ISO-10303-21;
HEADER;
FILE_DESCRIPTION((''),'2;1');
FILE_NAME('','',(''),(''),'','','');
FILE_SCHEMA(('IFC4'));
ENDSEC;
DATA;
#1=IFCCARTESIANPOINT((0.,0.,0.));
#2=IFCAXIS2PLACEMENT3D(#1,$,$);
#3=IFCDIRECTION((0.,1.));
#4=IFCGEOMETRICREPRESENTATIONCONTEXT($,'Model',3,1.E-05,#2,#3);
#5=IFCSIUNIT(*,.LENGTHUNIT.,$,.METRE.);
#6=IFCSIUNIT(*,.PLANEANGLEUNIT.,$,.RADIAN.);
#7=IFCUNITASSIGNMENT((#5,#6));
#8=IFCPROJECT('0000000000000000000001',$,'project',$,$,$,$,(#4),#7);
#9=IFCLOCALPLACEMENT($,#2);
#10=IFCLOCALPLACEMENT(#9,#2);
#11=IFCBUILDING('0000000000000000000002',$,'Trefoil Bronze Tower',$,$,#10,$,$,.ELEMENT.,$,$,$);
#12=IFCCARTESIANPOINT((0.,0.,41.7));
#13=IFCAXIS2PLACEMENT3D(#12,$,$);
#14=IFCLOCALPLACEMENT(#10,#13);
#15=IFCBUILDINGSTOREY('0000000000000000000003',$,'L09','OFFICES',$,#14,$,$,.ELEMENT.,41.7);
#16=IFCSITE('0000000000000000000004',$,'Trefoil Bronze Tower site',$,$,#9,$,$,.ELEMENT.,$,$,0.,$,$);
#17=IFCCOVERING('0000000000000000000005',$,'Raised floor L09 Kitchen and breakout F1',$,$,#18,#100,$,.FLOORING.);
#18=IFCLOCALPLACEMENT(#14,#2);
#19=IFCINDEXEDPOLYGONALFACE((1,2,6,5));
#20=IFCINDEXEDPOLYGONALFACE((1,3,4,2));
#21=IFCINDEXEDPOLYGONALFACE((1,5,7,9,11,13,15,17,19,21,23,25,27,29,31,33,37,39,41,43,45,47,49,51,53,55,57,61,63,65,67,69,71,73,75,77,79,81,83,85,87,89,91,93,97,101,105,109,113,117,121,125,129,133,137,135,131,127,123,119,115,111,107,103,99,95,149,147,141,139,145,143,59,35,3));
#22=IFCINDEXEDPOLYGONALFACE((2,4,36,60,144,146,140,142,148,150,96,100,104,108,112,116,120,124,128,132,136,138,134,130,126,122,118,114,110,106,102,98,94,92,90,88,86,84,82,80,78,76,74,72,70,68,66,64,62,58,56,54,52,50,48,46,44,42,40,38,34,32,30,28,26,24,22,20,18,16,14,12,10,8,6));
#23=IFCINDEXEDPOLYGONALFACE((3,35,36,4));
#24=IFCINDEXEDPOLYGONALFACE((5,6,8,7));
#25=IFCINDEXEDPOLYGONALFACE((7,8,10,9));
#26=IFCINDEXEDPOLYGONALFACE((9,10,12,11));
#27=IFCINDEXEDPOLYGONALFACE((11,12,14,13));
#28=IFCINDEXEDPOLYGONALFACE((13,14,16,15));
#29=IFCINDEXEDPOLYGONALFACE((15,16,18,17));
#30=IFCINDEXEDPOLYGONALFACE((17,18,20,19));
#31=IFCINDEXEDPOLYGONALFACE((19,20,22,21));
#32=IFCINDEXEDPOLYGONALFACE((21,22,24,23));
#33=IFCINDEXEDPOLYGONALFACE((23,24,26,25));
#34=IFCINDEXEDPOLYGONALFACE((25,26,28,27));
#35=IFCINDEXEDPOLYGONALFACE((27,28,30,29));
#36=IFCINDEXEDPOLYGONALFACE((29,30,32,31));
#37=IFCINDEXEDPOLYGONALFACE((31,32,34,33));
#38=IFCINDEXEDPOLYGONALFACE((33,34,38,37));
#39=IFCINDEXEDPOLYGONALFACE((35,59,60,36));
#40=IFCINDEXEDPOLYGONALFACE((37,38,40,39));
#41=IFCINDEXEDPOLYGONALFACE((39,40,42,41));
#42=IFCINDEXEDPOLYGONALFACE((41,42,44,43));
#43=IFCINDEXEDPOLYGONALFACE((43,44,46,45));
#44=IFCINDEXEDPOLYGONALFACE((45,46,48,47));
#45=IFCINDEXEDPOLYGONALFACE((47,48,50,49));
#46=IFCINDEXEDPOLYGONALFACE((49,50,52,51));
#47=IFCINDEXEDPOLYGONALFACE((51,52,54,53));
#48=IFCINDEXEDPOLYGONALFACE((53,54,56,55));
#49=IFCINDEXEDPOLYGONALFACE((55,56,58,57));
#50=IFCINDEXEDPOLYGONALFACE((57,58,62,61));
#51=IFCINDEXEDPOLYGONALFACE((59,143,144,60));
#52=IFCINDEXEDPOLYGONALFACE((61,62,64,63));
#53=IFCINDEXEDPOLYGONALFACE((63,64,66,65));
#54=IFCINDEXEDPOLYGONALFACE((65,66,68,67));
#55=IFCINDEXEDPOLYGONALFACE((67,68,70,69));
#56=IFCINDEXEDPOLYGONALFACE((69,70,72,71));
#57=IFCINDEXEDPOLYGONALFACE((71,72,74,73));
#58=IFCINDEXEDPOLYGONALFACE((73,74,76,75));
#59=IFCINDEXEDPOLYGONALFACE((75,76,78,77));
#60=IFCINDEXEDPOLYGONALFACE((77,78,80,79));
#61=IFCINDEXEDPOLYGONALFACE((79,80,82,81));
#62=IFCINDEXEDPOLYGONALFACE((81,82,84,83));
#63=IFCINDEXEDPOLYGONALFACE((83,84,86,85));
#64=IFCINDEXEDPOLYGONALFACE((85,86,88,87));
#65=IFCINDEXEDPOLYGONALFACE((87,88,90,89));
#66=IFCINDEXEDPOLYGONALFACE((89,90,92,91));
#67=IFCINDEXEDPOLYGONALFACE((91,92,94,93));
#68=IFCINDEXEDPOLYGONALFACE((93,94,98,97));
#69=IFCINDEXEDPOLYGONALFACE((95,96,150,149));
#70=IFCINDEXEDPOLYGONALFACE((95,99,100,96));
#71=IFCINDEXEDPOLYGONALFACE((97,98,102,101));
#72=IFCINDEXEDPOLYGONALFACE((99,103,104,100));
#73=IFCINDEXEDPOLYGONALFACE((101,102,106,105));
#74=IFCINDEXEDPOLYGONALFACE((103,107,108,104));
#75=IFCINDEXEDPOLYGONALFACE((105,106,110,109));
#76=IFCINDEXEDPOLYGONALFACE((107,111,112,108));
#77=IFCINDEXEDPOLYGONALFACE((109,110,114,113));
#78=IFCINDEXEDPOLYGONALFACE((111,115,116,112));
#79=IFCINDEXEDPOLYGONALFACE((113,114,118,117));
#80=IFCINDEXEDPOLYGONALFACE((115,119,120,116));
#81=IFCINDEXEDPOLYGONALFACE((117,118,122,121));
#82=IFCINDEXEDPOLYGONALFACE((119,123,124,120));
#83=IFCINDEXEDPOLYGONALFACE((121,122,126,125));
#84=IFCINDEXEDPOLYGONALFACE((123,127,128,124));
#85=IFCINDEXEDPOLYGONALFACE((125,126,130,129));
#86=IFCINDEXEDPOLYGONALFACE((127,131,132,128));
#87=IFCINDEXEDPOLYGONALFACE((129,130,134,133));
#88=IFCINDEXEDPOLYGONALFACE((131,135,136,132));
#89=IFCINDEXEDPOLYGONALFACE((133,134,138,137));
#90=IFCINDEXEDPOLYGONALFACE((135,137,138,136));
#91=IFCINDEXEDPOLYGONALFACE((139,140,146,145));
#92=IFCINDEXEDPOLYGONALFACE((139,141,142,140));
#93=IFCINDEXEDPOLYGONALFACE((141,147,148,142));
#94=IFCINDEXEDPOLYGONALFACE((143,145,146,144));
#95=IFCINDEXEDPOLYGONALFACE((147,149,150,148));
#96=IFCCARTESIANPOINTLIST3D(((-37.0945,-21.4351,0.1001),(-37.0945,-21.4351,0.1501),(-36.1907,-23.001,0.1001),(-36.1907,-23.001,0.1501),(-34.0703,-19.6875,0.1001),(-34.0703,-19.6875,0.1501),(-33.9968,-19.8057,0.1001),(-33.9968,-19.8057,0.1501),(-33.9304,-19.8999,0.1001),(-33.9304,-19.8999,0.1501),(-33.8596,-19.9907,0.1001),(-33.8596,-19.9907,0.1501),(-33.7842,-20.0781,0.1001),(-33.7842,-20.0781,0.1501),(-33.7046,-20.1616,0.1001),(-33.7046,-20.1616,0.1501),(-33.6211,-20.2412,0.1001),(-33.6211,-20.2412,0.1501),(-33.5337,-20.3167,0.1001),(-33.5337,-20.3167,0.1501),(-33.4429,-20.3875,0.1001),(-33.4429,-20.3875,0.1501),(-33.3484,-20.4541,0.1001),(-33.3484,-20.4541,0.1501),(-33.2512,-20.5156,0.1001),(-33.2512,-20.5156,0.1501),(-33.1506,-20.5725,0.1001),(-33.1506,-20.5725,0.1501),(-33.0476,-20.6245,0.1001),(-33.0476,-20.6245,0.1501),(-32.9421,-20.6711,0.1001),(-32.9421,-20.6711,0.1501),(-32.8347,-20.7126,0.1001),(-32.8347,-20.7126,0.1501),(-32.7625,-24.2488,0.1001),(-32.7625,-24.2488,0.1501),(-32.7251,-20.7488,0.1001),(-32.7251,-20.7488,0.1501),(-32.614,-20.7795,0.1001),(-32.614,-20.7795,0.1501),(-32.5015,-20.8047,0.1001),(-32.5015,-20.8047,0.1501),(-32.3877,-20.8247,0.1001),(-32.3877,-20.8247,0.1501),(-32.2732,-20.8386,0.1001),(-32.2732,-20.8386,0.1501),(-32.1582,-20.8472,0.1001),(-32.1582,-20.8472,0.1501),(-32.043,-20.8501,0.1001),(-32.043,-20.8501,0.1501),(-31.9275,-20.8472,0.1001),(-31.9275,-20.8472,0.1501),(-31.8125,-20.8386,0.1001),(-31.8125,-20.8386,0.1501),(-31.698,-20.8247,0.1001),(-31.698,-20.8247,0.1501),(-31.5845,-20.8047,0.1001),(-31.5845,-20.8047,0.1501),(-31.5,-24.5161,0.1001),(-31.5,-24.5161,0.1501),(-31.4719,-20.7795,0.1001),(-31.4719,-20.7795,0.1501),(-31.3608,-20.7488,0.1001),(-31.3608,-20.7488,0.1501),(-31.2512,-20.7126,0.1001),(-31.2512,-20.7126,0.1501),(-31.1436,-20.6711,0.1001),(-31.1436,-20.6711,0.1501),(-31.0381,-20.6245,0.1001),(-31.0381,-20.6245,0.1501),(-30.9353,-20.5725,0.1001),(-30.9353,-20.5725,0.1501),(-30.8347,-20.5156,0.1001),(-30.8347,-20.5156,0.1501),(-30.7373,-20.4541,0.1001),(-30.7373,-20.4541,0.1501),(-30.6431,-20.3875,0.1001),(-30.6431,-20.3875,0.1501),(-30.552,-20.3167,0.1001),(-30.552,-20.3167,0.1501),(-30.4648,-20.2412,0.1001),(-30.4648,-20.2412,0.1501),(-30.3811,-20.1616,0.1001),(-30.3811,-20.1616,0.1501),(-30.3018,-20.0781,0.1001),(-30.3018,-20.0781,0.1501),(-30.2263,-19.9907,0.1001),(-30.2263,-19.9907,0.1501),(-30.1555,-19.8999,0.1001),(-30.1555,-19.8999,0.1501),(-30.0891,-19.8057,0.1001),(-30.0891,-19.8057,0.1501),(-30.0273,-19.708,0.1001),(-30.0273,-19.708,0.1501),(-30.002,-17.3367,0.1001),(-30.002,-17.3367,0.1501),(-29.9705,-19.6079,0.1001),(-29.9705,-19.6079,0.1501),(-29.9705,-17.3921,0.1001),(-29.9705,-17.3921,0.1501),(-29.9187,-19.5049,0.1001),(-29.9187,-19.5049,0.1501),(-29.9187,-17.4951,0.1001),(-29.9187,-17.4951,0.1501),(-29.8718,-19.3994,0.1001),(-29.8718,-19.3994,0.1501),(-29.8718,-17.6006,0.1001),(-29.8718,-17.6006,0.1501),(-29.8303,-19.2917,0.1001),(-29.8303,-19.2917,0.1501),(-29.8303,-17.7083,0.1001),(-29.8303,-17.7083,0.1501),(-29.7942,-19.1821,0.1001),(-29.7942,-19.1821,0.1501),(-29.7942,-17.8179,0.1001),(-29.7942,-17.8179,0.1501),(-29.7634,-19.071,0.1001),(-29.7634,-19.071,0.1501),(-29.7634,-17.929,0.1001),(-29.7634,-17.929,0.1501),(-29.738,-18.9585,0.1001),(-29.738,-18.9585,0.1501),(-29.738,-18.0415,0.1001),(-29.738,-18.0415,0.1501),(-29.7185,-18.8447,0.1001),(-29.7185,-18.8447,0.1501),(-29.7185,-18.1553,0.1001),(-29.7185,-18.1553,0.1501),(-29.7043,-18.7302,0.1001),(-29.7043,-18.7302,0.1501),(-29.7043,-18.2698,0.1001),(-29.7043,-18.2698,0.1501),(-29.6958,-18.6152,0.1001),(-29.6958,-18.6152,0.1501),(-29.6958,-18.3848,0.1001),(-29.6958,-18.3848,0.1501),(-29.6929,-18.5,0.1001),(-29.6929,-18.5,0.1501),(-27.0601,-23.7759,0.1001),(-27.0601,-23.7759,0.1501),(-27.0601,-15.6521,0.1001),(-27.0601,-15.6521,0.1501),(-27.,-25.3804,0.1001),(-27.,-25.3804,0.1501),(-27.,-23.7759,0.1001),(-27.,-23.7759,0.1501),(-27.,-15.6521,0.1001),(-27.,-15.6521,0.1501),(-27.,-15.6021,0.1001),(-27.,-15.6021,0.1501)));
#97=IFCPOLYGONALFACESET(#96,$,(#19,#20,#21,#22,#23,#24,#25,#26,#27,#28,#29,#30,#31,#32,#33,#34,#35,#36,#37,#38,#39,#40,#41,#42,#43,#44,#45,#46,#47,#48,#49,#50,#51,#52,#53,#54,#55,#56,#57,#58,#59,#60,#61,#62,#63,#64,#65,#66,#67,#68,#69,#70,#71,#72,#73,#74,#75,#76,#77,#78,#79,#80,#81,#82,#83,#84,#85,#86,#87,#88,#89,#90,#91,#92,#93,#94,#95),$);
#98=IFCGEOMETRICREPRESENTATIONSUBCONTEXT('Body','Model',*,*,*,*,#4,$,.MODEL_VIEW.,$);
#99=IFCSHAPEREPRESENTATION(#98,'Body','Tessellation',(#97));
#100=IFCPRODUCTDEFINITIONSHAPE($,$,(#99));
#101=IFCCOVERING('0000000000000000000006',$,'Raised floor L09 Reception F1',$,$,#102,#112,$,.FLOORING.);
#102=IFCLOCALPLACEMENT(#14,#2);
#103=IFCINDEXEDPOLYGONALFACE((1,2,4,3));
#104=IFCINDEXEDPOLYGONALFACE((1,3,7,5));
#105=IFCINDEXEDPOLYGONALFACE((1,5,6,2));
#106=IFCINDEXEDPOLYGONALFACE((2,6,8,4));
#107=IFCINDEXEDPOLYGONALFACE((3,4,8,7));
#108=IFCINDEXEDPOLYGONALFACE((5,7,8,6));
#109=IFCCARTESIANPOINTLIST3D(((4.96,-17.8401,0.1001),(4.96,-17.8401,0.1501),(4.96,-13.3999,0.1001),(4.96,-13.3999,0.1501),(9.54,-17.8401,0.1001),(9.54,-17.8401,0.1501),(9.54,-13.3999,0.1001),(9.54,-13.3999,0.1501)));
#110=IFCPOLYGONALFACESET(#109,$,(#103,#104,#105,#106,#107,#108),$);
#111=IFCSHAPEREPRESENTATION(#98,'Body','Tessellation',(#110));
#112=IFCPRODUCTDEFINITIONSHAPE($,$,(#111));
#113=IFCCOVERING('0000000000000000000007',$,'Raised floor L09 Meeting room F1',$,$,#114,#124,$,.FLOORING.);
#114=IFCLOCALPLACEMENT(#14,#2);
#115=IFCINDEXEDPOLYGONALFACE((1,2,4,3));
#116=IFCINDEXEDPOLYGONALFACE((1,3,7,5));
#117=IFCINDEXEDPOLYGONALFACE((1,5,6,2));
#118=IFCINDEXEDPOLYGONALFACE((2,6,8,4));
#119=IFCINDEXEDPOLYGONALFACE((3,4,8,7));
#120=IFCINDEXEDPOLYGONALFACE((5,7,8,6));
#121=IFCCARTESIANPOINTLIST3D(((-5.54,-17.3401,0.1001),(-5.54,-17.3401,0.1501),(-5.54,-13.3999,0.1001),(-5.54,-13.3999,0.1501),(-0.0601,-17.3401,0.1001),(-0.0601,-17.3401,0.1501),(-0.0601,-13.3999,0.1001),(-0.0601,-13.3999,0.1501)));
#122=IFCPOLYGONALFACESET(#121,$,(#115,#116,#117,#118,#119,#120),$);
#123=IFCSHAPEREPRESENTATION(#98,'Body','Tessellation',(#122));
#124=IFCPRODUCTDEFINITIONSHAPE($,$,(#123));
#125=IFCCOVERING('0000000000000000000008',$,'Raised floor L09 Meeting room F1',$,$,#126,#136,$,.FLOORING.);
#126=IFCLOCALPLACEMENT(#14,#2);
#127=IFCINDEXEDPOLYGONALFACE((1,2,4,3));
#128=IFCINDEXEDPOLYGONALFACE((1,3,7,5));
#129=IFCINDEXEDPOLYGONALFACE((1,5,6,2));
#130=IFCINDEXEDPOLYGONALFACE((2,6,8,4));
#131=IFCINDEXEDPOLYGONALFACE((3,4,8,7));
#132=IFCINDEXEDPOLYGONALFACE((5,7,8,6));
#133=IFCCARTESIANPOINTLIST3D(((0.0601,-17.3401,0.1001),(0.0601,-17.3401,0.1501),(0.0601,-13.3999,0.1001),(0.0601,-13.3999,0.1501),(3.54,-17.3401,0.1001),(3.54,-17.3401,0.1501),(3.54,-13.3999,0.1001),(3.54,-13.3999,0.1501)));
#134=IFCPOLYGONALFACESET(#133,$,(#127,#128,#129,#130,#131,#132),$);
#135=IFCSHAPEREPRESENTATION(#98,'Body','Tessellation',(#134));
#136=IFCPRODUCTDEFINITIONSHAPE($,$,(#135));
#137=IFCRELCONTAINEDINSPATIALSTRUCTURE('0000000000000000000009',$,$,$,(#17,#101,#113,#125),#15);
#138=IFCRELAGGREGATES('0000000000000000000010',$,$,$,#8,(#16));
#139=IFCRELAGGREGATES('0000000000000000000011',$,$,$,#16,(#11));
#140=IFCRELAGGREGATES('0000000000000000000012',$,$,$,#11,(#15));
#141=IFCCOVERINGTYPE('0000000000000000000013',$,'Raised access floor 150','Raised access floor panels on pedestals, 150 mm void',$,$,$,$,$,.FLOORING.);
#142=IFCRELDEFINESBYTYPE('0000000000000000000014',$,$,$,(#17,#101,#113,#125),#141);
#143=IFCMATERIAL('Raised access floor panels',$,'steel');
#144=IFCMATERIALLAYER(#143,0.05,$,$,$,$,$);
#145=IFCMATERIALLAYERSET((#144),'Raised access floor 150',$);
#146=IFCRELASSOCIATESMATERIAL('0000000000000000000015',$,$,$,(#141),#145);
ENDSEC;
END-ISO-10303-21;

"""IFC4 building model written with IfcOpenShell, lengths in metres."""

from ifc_helpers import new_model, si_unit, direction, frame, origin, place, context, subcontext, project, spatial, polyline, outline, extrude, material, layer, layer_set, type_object, element, save


model = new_model("IFC4")

# Units and contexts
model_context = context("Model", 3, precision=1e-05, world=origin(), true_north=direction((0.0, 1.0)))
body_context = subcontext(model_context, "Body", "Model", "MODEL_VIEW")
ifc_project = project(units=[si_unit("LENGTHUNIT", "METRE"), si_unit("PLANEANGLEUNIT", "RADIAN")], contexts=[model_context])

# Site, building, storey
site_placement = place(None, origin())
site = spatial("IfcSite", under=ifc_project, at=site_placement, Name="Trefoil Bronze Tower site", CompositionType="ELEMENT", RefElevation=0.0)
building_placement = place(site_placement, origin())
building = spatial("IfcBuilding", under=site, at=building_placement, Name="Trefoil Bronze Tower", CompositionType="ELEMENT")
storey_placement = place(building_placement, frame((0.0, 0.0, 41.7)))
storey = spatial("IfcBuildingStorey", under=building, at=storey_placement, Name="L09", Description="OFFICES", CompositionType="ELEMENT", Elevation=41.7)

# Coverings
ifc_material_1 = material(Name="Raised access floor panels", Category="steel")
ifc_layer_1 = layer(ifc_material_1, 0.05)
ifc_layer_set_1 = layer_set([ifc_layer_1], Name="Raised access floor 150")
covering_type_1 = type_object("IfcCoveringType", Name="Raised access floor 150", Description="Raised access floor panels on pedestals, 150 mm void", PredefinedType="FLOORING", material=ifc_layer_set_1)
covering_1_placement = place(storey_placement, frame((0.0, 0.0, 0.1001)))
element("IfcCovering", 1, at=covering_1_placement, inside=storey, type_object=covering_type_1, Name="Raised floor L09 Kitchen and breakout F1", PredefinedType="FLOORING", context=body_context, shape_type="SweptSolid", body=[
    extrude(outline(polyline([(-30.002, -17.3367), (-27.0, -15.6021), (-27.0, -15.6521), (-27.0601, -15.6521), (-27.0601, -23.7759), (-27.0, -23.7759), (-27.0, -25.3804), (-31.5, -24.5161), (-32.7625, -24.2488), (-36.1907, -23.001), (-37.0945, -21.4351), (-34.0703, -19.6875), (-33.9968, -19.8057), (-33.9304, -19.8999), (-33.8596, -19.9907), (-33.7842, -20.0781), (-33.7046, -20.1616), (-33.6211, -20.2412), (-33.5337, -20.3167), (-33.4429, -20.3875), (-33.3484, -20.4541), (-33.2512, -20.5156), (-33.1506, -20.5725), (-33.0476, -20.6245), (-32.9421, -20.6711), (-32.8347, -20.7126), (-32.7251, -20.7488), (-32.614, -20.7795), (-32.5015, -20.8047), (-32.3877, -20.8247), (-32.2732, -20.8386), (-32.1582, -20.8472), (-32.043, -20.8501), (-31.9275, -20.8472), (-31.8125, -20.8386), (-31.698, -20.8247), (-31.5845, -20.8047), (-31.4719, -20.7795), (-31.3608, -20.7488), (-31.2512, -20.7126), (-31.1436, -20.6711), (-31.0381, -20.6245), (-30.9353, -20.5725), (-30.8347, -20.5156), (-30.7373, -20.4541), (-30.6431, -20.3875), (-30.552, -20.3167), (-30.4648, -20.2412), (-30.3811, -20.1616), (-30.3018, -20.0781), (-30.2263, -19.9907), (-30.1555, -19.8999), (-30.0891, -19.8057), (-30.0273, -19.708), (-29.9705, -19.6079), (-29.9187, -19.5049), (-29.8718, -19.3994), (-29.8303, -19.2917), (-29.7942, -19.1821), (-29.7634, -19.071), (-29.738, -18.9585), (-29.7185, -18.8447), (-29.7043, -18.7302), (-29.6958, -18.6152), (-29.6929, -18.5), (-29.6958, -18.3848), (-29.7043, -18.2698), (-29.7185, -18.1553), (-29.738, -18.0415), (-29.7634, -17.929), (-29.7942, -17.8179), (-29.8303, -17.7083), (-29.8718, -17.6006), (-29.9187, -17.4951), (-29.9705, -17.3921), (-30.002, -17.3367)])), origin(), (0.0, 0.0, 1.0), 0.05),
])
covering_2_placement = place(storey_placement, frame((0.0, 0.0, 0.1001)))
element("IfcCovering", 2, at=covering_2_placement, inside=storey, type_object=covering_type_1, Name="Raised floor L09 Reception F1", PredefinedType="FLOORING", context=body_context, shape_type="SweptSolid", body=[
    extrude(outline(polyline([(9.54, -13.3999), (9.54, -17.8401), (4.96, -17.8401), (4.96, -13.3999), (9.54, -13.3999)])), origin(), (0.0, 0.0, 1.0), 0.05),
])
covering_3_placement = place(storey_placement, frame((0.0, 0.0, 0.1001)))
element("IfcCovering", 3, at=covering_3_placement, inside=storey, type_object=covering_type_1, Name="Raised floor L09 Meeting room F1", PredefinedType="FLOORING", context=body_context, shape_type="SweptSolid", body=[
    extrude(outline(polyline([(-0.0601, -13.3999), (-0.0601, -17.3401), (-5.54, -17.3401), (-5.54, -13.3999), (-0.0601, -13.3999)])), origin(), (0.0, 0.0, 1.0), 0.05),
])
covering_4_placement = place(storey_placement, frame((0.0, 0.0, 0.1001)))
element("IfcCovering", 4, at=covering_4_placement, inside=storey, type_object=covering_type_1, Name="Raised floor L09 Meeting room F1", PredefinedType="FLOORING", context=body_context, shape_type="SweptSolid", body=[
    extrude(outline(polyline([(3.54, -13.3999), (3.54, -17.3401), (0.0601, -17.3401), (0.0601, -13.3999), (3.54, -13.3999)])), origin(), (0.0, 0.0, 1.0), 0.05),
])

save(model, "model.ifc")
